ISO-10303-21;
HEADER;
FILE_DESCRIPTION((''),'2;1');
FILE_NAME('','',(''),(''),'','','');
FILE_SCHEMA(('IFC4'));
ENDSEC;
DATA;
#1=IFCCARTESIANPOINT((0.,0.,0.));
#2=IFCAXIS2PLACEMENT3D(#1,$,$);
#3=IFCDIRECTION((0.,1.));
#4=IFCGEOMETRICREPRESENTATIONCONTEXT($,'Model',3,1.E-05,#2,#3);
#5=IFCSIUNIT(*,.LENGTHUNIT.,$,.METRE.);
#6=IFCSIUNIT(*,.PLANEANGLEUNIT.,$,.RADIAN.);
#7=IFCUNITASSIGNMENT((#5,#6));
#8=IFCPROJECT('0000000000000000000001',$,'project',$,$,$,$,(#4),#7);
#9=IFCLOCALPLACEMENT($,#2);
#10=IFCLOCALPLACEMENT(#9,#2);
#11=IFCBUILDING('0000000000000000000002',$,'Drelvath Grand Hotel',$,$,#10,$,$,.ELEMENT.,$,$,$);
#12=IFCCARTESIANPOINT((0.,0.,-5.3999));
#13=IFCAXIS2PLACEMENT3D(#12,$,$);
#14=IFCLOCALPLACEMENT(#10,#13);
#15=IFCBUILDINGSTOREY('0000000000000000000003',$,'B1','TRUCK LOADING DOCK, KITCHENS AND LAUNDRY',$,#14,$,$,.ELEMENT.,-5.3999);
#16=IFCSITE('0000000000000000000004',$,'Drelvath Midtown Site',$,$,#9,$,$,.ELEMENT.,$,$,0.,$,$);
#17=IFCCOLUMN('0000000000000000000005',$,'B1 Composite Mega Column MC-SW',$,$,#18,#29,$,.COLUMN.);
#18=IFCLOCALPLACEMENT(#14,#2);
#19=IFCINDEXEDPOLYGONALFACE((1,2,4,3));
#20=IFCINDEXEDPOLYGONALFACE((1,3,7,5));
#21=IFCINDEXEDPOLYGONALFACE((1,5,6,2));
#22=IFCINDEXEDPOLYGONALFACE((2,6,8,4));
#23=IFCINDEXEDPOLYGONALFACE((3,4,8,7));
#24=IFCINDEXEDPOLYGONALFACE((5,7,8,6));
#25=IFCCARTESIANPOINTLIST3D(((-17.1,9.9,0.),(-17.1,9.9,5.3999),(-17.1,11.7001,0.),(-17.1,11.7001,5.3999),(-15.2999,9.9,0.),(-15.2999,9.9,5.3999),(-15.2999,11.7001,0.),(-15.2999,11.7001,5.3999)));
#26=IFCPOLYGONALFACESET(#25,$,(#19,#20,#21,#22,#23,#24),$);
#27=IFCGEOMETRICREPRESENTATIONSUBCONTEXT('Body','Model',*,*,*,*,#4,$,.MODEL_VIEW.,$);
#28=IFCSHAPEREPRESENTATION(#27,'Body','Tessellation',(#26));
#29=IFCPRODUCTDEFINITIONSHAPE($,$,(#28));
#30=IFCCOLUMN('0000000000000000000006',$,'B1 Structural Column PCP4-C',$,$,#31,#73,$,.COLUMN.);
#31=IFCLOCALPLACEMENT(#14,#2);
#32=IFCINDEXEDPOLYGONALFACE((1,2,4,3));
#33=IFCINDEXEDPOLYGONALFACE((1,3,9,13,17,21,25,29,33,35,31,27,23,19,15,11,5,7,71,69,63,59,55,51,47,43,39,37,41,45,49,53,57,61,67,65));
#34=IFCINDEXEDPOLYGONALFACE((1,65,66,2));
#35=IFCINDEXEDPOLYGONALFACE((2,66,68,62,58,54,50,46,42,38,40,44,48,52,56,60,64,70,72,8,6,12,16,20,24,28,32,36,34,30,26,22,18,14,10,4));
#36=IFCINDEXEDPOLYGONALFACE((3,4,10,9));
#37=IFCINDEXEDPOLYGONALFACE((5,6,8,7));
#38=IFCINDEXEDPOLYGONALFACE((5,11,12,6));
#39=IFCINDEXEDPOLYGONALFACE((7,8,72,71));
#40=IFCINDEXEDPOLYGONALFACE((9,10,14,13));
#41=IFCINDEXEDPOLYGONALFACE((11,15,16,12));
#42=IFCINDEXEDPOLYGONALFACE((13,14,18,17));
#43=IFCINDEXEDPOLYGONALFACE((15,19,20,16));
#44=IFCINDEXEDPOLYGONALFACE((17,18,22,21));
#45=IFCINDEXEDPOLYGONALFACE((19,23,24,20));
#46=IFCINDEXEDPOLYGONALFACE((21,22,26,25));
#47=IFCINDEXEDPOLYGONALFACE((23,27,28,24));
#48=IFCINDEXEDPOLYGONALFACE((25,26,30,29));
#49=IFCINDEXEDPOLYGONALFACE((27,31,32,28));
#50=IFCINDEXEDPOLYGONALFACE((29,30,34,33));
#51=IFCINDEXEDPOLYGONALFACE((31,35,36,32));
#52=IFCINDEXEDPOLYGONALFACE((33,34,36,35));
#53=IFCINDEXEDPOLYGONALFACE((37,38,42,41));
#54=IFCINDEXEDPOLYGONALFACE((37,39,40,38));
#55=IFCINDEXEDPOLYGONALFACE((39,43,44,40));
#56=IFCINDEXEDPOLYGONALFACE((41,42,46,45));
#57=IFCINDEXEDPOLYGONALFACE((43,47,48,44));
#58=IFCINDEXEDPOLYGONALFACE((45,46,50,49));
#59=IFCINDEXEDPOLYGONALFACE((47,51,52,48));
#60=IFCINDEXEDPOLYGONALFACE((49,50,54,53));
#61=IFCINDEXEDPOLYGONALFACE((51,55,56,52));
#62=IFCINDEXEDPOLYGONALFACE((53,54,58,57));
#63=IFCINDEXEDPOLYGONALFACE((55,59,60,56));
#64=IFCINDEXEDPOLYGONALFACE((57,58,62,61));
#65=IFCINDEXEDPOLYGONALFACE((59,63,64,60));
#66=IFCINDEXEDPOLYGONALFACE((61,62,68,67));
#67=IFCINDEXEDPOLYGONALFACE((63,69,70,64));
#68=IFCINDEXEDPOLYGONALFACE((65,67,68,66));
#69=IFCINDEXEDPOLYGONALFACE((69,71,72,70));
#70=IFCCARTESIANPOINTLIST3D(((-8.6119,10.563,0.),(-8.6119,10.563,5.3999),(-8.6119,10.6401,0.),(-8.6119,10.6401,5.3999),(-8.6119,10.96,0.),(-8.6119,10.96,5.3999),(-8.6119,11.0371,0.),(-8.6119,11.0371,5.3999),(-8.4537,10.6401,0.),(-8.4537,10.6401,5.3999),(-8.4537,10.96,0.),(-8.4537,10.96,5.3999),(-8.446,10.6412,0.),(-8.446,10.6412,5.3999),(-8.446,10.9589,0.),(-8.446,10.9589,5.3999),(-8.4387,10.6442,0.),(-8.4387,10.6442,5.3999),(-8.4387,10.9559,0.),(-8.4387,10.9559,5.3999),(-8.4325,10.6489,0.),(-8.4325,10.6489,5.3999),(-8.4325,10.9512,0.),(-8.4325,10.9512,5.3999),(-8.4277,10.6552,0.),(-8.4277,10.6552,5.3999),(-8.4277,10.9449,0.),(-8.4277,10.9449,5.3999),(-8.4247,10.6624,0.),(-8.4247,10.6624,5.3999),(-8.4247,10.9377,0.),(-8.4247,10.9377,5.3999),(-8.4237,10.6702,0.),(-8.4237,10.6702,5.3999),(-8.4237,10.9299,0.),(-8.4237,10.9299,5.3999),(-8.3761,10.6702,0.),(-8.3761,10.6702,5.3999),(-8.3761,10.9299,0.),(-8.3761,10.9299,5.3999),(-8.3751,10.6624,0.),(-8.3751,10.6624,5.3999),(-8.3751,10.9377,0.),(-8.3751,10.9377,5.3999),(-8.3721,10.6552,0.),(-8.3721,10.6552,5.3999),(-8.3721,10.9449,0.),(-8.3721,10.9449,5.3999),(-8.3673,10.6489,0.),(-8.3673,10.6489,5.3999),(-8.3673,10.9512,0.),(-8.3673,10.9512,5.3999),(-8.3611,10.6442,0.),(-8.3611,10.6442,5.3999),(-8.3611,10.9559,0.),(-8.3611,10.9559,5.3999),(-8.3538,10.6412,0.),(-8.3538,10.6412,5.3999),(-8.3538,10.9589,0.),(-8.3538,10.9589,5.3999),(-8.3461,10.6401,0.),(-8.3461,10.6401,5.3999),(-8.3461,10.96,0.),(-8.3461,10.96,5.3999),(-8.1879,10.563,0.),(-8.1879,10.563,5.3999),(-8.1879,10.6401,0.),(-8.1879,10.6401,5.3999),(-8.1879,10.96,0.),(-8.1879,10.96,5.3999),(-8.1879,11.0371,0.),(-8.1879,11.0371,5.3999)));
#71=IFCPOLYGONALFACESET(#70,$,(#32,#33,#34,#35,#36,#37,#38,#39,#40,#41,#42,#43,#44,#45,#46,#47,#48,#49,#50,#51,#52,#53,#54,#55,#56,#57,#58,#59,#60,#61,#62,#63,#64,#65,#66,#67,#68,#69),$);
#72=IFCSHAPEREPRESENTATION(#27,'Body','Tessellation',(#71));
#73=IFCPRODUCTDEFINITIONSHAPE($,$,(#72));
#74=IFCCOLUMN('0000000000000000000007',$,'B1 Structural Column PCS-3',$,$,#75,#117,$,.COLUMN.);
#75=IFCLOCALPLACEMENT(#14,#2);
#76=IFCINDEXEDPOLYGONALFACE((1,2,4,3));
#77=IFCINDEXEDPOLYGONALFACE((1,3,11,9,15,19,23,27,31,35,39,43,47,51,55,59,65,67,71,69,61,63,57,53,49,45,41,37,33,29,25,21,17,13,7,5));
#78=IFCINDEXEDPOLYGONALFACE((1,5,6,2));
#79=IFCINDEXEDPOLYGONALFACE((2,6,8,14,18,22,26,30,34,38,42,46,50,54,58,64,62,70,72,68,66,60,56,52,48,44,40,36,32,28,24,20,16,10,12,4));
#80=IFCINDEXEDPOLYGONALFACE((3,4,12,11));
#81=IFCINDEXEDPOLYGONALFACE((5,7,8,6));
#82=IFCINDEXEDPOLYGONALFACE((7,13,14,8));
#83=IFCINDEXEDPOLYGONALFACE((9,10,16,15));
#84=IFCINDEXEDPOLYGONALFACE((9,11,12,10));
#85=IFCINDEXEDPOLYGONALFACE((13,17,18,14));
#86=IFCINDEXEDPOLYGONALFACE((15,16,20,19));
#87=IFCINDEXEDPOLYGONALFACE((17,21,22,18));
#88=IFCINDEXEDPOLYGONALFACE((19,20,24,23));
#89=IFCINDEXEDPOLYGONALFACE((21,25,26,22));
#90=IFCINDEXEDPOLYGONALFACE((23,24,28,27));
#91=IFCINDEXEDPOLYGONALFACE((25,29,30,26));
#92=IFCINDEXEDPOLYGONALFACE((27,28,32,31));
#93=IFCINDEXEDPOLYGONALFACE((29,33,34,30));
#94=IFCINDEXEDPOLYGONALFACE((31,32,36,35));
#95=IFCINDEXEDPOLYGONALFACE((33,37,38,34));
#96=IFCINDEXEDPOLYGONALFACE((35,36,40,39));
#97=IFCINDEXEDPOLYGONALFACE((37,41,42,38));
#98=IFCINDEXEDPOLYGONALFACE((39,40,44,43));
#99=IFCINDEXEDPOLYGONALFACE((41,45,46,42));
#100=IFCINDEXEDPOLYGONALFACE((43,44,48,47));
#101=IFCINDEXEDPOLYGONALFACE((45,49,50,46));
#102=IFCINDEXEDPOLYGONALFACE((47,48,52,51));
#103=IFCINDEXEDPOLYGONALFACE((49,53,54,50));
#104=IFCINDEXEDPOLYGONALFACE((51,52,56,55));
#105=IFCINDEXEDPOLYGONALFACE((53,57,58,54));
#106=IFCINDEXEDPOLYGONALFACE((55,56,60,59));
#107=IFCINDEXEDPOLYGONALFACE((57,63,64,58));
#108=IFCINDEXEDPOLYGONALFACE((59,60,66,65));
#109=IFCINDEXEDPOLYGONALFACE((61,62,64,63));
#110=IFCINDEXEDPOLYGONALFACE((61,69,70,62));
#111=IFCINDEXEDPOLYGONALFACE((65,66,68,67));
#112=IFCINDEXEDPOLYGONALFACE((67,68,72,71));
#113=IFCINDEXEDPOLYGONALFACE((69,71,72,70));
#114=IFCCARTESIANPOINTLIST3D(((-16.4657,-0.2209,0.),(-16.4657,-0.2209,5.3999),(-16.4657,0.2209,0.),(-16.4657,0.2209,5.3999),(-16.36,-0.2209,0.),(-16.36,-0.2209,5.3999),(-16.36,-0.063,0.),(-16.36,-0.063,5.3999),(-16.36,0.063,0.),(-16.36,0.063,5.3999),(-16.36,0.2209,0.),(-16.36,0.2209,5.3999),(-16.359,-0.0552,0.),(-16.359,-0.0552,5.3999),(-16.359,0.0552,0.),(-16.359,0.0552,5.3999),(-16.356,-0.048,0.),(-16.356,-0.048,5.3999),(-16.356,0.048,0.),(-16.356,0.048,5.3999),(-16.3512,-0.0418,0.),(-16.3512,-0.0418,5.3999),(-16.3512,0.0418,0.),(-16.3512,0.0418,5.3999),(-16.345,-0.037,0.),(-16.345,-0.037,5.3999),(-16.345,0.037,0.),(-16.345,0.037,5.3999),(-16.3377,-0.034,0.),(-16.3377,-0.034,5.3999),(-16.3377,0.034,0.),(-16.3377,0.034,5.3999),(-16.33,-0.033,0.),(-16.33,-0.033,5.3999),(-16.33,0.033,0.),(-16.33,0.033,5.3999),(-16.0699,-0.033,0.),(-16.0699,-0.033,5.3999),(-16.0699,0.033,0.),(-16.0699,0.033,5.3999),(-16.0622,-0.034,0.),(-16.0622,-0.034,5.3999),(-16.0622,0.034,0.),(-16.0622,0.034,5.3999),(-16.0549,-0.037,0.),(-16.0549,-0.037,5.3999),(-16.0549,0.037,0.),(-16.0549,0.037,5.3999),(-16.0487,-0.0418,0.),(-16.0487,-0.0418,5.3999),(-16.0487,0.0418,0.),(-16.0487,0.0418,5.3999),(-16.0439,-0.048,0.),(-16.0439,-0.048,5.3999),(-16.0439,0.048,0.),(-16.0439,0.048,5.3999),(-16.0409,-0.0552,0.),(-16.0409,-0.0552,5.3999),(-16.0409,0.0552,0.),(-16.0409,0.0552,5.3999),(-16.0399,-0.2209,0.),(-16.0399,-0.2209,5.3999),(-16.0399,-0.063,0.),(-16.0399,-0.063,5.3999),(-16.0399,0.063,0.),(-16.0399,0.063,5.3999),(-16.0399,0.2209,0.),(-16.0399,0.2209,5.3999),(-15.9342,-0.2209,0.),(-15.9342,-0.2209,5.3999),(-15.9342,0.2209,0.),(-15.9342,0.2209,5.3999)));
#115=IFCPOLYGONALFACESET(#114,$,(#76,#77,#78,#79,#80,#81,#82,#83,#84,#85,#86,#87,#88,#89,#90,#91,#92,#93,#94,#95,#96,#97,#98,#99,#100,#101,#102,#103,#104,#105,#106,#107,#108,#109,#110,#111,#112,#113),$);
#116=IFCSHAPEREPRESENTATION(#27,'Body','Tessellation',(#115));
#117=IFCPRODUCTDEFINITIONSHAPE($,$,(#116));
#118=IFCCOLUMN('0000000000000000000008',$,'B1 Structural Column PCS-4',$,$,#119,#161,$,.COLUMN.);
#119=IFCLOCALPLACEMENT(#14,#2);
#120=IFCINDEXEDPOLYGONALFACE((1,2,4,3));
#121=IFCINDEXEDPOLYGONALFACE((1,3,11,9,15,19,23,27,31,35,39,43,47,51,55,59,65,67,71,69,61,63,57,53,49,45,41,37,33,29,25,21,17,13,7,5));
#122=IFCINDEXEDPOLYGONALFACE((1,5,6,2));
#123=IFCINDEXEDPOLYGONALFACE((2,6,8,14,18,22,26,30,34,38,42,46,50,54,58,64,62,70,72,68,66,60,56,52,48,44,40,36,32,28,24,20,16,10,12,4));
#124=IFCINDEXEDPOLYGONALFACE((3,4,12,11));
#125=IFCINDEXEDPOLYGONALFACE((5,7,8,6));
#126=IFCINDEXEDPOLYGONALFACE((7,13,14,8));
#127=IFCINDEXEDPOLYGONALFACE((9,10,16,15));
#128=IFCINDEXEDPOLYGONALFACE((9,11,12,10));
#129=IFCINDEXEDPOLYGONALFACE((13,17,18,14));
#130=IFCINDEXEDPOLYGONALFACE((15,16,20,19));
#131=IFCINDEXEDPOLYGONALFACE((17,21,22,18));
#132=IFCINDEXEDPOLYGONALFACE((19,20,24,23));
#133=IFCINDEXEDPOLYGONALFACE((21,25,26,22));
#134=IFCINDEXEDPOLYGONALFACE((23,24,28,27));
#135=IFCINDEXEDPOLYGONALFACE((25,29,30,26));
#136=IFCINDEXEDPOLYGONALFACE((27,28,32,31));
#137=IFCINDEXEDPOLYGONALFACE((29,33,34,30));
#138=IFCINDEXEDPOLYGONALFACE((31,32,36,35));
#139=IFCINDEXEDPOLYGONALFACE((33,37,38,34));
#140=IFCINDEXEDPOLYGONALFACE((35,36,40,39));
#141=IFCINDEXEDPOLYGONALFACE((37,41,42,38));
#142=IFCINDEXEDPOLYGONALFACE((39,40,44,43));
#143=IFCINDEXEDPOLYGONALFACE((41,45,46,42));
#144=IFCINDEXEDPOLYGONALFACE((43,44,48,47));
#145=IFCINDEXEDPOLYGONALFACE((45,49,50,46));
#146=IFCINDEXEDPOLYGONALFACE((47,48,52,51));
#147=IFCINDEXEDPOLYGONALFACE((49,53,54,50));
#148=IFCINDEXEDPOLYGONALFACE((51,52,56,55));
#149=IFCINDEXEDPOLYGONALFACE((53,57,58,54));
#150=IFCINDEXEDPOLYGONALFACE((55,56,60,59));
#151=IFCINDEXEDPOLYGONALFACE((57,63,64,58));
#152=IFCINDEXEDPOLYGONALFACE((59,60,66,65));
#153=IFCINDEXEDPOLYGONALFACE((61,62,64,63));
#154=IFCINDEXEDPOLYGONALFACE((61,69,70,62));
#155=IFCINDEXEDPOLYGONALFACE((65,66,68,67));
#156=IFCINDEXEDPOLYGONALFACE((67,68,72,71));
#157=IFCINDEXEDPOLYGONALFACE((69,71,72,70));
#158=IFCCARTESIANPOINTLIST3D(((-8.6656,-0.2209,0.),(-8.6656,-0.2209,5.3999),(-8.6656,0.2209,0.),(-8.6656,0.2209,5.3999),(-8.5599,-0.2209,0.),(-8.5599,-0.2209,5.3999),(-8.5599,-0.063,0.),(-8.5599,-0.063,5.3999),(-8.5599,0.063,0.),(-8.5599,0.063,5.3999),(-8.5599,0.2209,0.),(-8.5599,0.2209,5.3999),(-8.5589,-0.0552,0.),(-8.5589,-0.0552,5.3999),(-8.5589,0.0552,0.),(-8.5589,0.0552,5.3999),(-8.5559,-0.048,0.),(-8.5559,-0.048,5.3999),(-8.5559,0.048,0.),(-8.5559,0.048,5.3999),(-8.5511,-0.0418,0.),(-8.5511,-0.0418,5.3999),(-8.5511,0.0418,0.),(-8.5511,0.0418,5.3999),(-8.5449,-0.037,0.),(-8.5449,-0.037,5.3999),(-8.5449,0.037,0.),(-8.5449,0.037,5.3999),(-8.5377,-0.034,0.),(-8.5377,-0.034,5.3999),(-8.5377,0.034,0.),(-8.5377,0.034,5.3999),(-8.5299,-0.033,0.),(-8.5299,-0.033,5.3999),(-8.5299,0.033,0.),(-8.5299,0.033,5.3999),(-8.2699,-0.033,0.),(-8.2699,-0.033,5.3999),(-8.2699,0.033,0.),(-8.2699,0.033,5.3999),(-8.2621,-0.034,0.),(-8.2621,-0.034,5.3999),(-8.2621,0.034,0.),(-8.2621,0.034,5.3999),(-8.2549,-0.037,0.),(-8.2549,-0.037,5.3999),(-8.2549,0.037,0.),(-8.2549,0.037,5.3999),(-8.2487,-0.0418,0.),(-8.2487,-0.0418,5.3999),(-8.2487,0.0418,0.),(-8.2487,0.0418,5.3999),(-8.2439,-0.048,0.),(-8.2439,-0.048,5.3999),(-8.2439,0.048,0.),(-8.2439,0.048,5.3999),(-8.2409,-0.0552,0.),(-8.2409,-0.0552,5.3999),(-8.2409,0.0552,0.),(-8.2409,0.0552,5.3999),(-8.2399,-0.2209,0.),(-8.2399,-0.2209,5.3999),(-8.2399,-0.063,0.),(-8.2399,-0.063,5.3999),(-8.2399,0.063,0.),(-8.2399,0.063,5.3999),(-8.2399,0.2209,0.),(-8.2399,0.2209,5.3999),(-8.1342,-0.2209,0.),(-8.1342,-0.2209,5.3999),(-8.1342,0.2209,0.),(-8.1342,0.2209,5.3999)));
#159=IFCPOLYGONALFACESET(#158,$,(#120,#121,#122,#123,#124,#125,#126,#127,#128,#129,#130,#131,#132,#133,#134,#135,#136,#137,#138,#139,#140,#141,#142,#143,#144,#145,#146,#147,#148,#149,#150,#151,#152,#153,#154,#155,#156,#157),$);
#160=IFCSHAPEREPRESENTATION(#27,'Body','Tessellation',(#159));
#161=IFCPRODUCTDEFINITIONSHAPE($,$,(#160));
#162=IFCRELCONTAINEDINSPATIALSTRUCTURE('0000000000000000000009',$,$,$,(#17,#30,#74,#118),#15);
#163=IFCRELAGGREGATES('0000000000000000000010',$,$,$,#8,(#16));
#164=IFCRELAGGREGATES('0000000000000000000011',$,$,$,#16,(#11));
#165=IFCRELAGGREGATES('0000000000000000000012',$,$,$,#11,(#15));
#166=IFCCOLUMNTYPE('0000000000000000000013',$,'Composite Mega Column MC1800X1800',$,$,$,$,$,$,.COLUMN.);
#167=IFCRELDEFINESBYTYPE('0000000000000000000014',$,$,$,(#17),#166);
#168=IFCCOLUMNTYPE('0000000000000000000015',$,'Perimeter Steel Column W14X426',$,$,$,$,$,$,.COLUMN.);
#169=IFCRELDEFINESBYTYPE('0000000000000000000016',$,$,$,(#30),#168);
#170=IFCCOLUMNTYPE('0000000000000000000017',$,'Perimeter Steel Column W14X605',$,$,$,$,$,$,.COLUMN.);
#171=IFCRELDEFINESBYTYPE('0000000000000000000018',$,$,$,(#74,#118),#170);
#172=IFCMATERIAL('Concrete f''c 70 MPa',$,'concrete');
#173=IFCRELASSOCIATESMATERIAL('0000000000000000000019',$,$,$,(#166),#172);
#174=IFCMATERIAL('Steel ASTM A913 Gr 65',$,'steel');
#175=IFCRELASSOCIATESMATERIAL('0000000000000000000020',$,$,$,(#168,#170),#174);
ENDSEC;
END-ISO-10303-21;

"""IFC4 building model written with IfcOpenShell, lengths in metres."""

from ifc_helpers import new_model, si_unit, direction, frame, origin, origin_2d, place, context, subcontext, project, spatial, rectangle, i_section, extrude, material, material_profile, profile_set, type_object, element, save


model = new_model("IFC4")

# Units and contexts
model_context = context("Model", 3, precision=1e-05, world=origin(), true_north=direction((0.0, 1.0)))
body_context = subcontext(model_context, "Body", "Model", "MODEL_VIEW")
ifc_project = project(units=[si_unit("LENGTHUNIT", "METRE"), si_unit("PLANEANGLEUNIT", "RADIAN")], contexts=[model_context])

# Site, building, storey
site_placement = place(None, origin())
site = spatial("IfcSite", under=ifc_project, at=site_placement, Name="Drelvath Midtown Site", CompositionType="ELEMENT", RefElevation=0.0)
building_placement = place(site_placement, origin())
building = spatial("IfcBuilding", under=site, at=building_placement, Name="Drelvath Grand Hotel", CompositionType="ELEMENT")
storey_placement = place(building_placement, frame((0.0, 0.0, -5.3999)))
storey = spatial("IfcBuildingStorey", under=building, at=storey_placement, Name="B1", Description="TRUCK LOADING DOCK, KITCHENS AND LAUNDRY", CompositionType="ELEMENT", Elevation=-5.3999)

# Columns
ifc_material_1 = material(Name="Concrete f'c 70 MPa", Category="concrete")
ifc_material_profile_1 = material_profile(ifc_material_1, rectangle(XDim=1.8, YDim=1.8, at=origin_2d()), Name="MC1800X1800")
ifc_profile_set_1 = profile_set([ifc_material_profile_1], Name="Concrete f'c 70 MPa")
column_type_1 = type_object("IfcColumnType", Name="Composite Mega Column MC1800X1800", PredefinedType="COLUMN", material=ifc_profile_set_1)
column_1_placement = place(storey_placement, frame((-16.2, 10.8, 0.0), z_axis=(0.0, 0.0, 1.0), x_axis=(1.0, 0.0, 0.0)))
element("IfcColumn", 1, at=column_1_placement, inside=storey, type_object=column_type_1, Name="B1 Composite Mega Column MC-SW", PredefinedType="COLUMN", context=body_context, shape_type="SweptSolid", body=[
    extrude(rectangle(XDim=1.8, YDim=1.8, at=origin_2d()), origin(), (0.0, 0.0, 1.0), 5.3999),
])
ifc_material_2 = material(Name="Steel ASTM A913 Gr 65", Category="steel")
ifc_material_profile_2 = material_profile(ifc_material_2, i_section(OverallWidth=0.4241, OverallDepth=0.4741, WebThickness=0.0476, FlangeThickness=0.0771, FilletRadius=0.03, at=origin_2d()), Name="W14X426")
ifc_profile_set_2 = profile_set([ifc_material_profile_2], Name="Steel ASTM A913 Gr 65")
column_type_2 = type_object("IfcColumnType", Name="Perimeter Steel Column W14X426", PredefinedType="COLUMN", material=ifc_profile_set_2)
column_2_placement = place(storey_placement, frame((-8.3999, 10.8, 0.0), z_axis=(0.0, 0.0, 1.0), x_axis=(1.0, 0.0, 0.0)))
element("IfcColumn", 2, at=column_2_placement, inside=storey, type_object=column_type_2, Name="B1 Structural Column PCP4-C", PredefinedType="COLUMN", context=body_context, shape_type="SweptSolid", body=[
    extrude(i_section(OverallWidth=0.4241, OverallDepth=0.4741, WebThickness=0.0476, FlangeThickness=0.0771, FilletRadius=0.03, at=origin_2d()), origin(), (0.0, 0.0, 1.0), 5.3999),
])
ifc_material_profile_3 = material_profile(ifc_material_2, i_section(OverallWidth=0.4419, OverallDepth=0.5315, WebThickness=0.0659, FlangeThickness=0.1057, FilletRadius=0.03, at=origin_2d()), Name="W14X605")
ifc_profile_set_3 = profile_set([ifc_material_profile_3], Name="Steel ASTM A913 Gr 65")
column_type_3 = type_object("IfcColumnType", Name="Perimeter Steel Column W14X605", PredefinedType="COLUMN", material=ifc_profile_set_3)
for number, where, z_axis, x_axis, name in (
    (3, (-16.2, 0.0, 0.0), (0.0, 0.0, 1.0), (0.0, 1.0, 0.0), "B1 Structural Column PCS-3"),
    (4, (-8.3999, 0.0, 0.0), (0.0, 0.0, 1.0), (0.0, 1.0, 0.0), "B1 Structural Column PCS-4"),
):
    element("IfcColumn", number, at=place(storey_placement, frame(where, z_axis=z_axis, x_axis=x_axis)), inside=storey, type_object=column_type_3, Name=name, PredefinedType="COLUMN", context=body_context, shape_type="SweptSolid", body=[
        extrude(i_section(OverallWidth=0.4419, OverallDepth=0.5315, WebThickness=0.0659, FlangeThickness=0.1057, FilletRadius=0.03, at=origin_2d()), origin(), (0.0, 0.0, 1.0), 5.3999),
    ])

save(model, "model.ifc")
